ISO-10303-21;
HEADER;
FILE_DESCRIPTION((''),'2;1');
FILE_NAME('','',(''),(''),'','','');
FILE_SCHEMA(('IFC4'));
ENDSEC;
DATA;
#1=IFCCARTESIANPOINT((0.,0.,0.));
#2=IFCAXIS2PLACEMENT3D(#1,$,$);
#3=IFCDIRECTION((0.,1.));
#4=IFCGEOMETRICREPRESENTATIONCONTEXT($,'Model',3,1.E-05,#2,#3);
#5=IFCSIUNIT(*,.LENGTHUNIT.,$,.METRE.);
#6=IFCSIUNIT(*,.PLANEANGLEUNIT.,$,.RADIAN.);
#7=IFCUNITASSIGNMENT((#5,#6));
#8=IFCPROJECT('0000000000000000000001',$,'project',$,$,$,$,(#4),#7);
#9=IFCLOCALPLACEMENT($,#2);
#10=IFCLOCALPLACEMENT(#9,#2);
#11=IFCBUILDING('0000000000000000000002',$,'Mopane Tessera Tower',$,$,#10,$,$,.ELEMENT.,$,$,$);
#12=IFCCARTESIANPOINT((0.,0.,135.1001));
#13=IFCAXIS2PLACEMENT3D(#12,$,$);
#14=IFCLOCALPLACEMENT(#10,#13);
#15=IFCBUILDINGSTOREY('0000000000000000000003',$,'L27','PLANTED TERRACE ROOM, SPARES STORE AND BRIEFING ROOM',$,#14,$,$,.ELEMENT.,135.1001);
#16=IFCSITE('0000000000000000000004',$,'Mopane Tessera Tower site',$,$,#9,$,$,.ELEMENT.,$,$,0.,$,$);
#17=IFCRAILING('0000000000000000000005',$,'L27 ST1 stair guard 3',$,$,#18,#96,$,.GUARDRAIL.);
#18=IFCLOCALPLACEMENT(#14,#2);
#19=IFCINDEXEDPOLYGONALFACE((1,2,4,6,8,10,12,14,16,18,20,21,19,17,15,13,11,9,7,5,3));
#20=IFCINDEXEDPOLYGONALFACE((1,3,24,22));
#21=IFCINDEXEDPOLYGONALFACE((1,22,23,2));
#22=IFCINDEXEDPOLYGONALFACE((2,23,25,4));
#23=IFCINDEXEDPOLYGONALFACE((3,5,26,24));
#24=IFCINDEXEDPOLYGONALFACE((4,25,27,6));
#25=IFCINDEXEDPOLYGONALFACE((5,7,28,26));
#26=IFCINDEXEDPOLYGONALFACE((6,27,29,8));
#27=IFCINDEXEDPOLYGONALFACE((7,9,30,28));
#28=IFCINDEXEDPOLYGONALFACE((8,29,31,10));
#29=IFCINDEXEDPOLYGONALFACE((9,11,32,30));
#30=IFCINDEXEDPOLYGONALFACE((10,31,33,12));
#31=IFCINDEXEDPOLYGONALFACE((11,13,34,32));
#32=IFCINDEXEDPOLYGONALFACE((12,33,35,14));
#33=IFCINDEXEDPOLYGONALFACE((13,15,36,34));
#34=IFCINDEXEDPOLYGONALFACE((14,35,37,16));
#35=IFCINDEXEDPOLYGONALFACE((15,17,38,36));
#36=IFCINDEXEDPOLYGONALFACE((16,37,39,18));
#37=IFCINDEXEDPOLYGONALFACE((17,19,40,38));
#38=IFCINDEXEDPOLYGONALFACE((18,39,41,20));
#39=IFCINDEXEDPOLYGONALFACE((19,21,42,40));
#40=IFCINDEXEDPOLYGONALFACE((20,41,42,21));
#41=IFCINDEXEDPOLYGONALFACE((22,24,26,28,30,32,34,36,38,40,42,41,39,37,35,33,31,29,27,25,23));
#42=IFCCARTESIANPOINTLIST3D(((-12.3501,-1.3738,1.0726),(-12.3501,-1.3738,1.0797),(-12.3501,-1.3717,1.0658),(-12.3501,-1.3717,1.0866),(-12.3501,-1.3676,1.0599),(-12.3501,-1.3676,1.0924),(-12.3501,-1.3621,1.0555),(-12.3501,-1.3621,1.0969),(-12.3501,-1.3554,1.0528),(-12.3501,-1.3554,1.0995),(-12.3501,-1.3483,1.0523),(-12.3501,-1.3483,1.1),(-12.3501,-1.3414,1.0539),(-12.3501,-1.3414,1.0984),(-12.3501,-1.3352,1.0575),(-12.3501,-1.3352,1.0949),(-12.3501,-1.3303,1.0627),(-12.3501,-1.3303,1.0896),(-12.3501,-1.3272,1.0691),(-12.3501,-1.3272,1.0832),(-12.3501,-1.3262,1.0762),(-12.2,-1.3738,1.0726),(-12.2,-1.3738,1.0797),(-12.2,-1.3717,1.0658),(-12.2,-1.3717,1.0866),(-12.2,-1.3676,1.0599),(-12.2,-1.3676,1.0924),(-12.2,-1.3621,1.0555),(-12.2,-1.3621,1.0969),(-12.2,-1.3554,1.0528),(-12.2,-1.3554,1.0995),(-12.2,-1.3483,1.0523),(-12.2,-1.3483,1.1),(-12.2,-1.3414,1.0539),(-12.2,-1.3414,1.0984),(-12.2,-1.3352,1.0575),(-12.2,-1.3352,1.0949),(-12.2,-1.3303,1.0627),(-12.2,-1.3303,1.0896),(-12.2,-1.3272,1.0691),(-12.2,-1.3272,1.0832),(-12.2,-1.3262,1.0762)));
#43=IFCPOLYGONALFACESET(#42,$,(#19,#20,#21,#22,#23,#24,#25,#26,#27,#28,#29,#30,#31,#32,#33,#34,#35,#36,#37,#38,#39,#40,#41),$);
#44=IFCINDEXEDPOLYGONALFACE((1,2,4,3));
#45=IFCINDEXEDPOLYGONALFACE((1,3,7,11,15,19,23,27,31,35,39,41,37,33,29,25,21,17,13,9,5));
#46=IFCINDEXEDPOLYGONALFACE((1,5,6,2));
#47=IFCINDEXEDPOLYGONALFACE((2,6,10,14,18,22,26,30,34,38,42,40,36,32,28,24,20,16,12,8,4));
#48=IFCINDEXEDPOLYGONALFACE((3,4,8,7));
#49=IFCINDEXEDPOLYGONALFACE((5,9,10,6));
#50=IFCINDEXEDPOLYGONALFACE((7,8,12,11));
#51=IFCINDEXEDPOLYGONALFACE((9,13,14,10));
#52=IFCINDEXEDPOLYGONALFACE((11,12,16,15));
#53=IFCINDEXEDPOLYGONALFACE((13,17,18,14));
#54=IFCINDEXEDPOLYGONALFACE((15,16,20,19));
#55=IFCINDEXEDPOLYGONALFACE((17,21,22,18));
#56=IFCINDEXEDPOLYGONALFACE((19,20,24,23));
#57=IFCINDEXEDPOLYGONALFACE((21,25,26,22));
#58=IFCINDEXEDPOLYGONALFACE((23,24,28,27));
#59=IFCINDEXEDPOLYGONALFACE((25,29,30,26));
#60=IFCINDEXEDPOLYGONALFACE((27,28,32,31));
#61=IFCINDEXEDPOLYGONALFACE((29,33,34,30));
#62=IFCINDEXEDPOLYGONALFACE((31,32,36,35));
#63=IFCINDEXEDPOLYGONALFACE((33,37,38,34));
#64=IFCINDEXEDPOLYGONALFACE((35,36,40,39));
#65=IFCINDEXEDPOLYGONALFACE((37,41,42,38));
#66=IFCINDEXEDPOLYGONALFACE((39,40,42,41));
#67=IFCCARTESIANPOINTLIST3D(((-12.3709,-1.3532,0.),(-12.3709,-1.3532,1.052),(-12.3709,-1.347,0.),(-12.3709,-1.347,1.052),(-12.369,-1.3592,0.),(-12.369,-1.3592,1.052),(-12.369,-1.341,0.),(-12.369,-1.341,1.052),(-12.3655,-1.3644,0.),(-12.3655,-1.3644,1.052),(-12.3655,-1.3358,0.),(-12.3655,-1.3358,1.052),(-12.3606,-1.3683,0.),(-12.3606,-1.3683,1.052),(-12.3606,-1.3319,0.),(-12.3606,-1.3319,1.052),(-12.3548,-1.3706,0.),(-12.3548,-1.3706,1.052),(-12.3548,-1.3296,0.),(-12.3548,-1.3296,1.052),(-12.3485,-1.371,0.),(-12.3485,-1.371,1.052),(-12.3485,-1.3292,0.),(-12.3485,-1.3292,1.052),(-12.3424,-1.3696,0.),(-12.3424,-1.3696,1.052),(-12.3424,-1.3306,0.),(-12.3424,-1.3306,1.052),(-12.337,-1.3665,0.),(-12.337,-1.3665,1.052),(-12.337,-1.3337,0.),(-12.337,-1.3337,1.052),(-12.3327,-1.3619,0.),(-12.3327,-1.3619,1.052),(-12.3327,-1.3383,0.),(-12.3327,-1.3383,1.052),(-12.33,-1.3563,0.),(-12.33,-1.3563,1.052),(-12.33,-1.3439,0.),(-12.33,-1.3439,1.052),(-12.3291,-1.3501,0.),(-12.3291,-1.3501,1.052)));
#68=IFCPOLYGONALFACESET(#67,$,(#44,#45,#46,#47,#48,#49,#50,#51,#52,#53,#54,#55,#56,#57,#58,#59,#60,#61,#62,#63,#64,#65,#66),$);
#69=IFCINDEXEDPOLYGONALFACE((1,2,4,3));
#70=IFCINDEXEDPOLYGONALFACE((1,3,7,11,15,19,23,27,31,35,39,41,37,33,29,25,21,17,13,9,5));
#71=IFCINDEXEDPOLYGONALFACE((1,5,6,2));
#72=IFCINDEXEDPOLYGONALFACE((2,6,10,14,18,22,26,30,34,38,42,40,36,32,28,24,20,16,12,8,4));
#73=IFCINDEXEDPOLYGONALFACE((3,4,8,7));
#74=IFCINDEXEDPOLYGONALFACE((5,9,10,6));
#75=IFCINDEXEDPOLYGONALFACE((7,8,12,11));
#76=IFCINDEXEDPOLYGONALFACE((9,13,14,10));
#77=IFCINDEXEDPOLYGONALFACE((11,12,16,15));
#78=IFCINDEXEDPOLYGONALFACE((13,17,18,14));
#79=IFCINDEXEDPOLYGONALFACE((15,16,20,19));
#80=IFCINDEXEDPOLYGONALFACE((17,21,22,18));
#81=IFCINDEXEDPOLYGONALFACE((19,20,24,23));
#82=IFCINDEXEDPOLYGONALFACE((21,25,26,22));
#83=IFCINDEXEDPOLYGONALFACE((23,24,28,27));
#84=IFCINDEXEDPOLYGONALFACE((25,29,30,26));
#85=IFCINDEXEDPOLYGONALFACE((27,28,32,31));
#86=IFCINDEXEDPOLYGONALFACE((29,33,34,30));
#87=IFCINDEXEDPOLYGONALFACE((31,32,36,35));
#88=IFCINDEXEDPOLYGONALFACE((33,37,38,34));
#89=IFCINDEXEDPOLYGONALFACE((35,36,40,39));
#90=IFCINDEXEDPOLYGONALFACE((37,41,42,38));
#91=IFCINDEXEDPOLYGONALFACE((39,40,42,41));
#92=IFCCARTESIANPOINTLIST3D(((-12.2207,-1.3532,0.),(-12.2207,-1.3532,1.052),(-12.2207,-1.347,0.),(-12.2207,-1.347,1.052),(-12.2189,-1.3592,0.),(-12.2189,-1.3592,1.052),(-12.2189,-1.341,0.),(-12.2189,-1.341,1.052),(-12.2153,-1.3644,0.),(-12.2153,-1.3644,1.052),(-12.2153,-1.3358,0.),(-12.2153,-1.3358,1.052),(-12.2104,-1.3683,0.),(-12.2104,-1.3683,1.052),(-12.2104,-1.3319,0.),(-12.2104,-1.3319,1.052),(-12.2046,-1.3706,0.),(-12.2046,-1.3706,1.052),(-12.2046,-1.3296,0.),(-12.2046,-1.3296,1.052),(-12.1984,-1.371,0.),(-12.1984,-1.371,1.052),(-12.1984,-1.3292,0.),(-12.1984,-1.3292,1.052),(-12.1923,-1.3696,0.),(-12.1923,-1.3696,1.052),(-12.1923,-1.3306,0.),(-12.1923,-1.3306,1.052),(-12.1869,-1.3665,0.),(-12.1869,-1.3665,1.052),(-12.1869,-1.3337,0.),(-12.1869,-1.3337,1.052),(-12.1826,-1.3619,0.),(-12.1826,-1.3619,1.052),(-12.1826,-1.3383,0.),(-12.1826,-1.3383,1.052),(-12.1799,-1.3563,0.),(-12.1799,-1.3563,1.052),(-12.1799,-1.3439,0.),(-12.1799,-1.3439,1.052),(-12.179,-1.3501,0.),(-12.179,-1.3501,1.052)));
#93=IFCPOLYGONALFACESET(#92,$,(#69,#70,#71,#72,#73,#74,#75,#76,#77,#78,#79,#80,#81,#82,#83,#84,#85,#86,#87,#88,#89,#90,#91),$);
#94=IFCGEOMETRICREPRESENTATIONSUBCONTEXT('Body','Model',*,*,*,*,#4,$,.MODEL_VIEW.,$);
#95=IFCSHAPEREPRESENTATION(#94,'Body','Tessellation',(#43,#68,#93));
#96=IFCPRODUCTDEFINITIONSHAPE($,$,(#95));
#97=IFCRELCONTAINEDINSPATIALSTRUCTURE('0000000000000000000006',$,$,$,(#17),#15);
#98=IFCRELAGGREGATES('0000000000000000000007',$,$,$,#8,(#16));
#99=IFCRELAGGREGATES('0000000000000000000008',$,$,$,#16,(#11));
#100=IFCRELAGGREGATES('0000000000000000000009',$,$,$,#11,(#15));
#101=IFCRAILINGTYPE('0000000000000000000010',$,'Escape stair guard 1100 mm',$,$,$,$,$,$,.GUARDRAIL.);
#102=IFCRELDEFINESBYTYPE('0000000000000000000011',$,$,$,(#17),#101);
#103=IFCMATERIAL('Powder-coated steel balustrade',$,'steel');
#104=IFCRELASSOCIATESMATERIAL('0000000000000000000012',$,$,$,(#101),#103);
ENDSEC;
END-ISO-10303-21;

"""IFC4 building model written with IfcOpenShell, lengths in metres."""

from ifc_helpers import new_model, si_unit, direction, frame, origin, origin_2d, place, context, subcontext, project, spatial, circle, extrude, material, type_object, element, save


model = new_model("IFC4")

# Units and contexts
model_context = context("Model", 3, precision=1e-05, world=origin(), true_north=direction((0.0, 1.0)))
body_context = subcontext(model_context, "Body", "Model", "MODEL_VIEW")
ifc_project = project(units=[si_unit("LENGTHUNIT", "METRE"), si_unit("PLANEANGLEUNIT", "RADIAN")], contexts=[model_context])

# Site, building, storey
site_placement = place(None, origin())
site = spatial("IfcSite", under=ifc_project, at=site_placement, Name="Mopane Tessera Tower site", CompositionType="ELEMENT", RefElevation=0.0)
building_placement = place(site_placement, origin())
building = spatial("IfcBuilding", under=site, at=building_placement, Name="Mopane Tessera Tower", CompositionType="ELEMENT")
storey_placement = place(building_placement, frame((0.0, 0.0, 135.1001)))
storey = spatial("IfcBuildingStorey", under=building, at=storey_placement, Name="L27", Description="PLANTED TERRACE ROOM, SPARES STORE AND BRIEFING ROOM", CompositionType="ELEMENT", Elevation=135.1001)

# Railing
ifc_material_1 = material(Name="Powder-coated steel balustrade", Category="steel")
railing_type_1 = type_object("IfcRailingType", Name="Escape stair guard 1100 mm", PredefinedType="GUARDRAIL", material=ifc_material_1)
railing_1_placement = place(storey_placement, frame((-12.3501, -1.3501, 0.0)))
element("IfcRailing", 1, at=railing_1_placement, inside=storey, type_object=railing_type_1, Name="L27 ST1 stair guard 3", PredefinedType="GUARDRAIL", context=body_context, shape_type="SweptSolid", body=[
    extrude(circle(Radius=0.0239, at=origin_2d()), frame((0.0, 0.0, 1.0762), z_axis=(1.0, 0.0, 0.0), x_axis=(0.0, 1.0, 0.0)), (0.0, 0.0, 1.0), 0.1501),
    extrude(circle(Radius=0.021, at=origin_2d()), origin(), (0.0, 0.0, 1.0), 1.052),
    extrude(circle(Radius=0.021, at=origin_2d()), frame((0.1501, 0.0, 0.0)), (0.0, 0.0, 1.0), 1.052),
])

save(model, "model.ifc")
